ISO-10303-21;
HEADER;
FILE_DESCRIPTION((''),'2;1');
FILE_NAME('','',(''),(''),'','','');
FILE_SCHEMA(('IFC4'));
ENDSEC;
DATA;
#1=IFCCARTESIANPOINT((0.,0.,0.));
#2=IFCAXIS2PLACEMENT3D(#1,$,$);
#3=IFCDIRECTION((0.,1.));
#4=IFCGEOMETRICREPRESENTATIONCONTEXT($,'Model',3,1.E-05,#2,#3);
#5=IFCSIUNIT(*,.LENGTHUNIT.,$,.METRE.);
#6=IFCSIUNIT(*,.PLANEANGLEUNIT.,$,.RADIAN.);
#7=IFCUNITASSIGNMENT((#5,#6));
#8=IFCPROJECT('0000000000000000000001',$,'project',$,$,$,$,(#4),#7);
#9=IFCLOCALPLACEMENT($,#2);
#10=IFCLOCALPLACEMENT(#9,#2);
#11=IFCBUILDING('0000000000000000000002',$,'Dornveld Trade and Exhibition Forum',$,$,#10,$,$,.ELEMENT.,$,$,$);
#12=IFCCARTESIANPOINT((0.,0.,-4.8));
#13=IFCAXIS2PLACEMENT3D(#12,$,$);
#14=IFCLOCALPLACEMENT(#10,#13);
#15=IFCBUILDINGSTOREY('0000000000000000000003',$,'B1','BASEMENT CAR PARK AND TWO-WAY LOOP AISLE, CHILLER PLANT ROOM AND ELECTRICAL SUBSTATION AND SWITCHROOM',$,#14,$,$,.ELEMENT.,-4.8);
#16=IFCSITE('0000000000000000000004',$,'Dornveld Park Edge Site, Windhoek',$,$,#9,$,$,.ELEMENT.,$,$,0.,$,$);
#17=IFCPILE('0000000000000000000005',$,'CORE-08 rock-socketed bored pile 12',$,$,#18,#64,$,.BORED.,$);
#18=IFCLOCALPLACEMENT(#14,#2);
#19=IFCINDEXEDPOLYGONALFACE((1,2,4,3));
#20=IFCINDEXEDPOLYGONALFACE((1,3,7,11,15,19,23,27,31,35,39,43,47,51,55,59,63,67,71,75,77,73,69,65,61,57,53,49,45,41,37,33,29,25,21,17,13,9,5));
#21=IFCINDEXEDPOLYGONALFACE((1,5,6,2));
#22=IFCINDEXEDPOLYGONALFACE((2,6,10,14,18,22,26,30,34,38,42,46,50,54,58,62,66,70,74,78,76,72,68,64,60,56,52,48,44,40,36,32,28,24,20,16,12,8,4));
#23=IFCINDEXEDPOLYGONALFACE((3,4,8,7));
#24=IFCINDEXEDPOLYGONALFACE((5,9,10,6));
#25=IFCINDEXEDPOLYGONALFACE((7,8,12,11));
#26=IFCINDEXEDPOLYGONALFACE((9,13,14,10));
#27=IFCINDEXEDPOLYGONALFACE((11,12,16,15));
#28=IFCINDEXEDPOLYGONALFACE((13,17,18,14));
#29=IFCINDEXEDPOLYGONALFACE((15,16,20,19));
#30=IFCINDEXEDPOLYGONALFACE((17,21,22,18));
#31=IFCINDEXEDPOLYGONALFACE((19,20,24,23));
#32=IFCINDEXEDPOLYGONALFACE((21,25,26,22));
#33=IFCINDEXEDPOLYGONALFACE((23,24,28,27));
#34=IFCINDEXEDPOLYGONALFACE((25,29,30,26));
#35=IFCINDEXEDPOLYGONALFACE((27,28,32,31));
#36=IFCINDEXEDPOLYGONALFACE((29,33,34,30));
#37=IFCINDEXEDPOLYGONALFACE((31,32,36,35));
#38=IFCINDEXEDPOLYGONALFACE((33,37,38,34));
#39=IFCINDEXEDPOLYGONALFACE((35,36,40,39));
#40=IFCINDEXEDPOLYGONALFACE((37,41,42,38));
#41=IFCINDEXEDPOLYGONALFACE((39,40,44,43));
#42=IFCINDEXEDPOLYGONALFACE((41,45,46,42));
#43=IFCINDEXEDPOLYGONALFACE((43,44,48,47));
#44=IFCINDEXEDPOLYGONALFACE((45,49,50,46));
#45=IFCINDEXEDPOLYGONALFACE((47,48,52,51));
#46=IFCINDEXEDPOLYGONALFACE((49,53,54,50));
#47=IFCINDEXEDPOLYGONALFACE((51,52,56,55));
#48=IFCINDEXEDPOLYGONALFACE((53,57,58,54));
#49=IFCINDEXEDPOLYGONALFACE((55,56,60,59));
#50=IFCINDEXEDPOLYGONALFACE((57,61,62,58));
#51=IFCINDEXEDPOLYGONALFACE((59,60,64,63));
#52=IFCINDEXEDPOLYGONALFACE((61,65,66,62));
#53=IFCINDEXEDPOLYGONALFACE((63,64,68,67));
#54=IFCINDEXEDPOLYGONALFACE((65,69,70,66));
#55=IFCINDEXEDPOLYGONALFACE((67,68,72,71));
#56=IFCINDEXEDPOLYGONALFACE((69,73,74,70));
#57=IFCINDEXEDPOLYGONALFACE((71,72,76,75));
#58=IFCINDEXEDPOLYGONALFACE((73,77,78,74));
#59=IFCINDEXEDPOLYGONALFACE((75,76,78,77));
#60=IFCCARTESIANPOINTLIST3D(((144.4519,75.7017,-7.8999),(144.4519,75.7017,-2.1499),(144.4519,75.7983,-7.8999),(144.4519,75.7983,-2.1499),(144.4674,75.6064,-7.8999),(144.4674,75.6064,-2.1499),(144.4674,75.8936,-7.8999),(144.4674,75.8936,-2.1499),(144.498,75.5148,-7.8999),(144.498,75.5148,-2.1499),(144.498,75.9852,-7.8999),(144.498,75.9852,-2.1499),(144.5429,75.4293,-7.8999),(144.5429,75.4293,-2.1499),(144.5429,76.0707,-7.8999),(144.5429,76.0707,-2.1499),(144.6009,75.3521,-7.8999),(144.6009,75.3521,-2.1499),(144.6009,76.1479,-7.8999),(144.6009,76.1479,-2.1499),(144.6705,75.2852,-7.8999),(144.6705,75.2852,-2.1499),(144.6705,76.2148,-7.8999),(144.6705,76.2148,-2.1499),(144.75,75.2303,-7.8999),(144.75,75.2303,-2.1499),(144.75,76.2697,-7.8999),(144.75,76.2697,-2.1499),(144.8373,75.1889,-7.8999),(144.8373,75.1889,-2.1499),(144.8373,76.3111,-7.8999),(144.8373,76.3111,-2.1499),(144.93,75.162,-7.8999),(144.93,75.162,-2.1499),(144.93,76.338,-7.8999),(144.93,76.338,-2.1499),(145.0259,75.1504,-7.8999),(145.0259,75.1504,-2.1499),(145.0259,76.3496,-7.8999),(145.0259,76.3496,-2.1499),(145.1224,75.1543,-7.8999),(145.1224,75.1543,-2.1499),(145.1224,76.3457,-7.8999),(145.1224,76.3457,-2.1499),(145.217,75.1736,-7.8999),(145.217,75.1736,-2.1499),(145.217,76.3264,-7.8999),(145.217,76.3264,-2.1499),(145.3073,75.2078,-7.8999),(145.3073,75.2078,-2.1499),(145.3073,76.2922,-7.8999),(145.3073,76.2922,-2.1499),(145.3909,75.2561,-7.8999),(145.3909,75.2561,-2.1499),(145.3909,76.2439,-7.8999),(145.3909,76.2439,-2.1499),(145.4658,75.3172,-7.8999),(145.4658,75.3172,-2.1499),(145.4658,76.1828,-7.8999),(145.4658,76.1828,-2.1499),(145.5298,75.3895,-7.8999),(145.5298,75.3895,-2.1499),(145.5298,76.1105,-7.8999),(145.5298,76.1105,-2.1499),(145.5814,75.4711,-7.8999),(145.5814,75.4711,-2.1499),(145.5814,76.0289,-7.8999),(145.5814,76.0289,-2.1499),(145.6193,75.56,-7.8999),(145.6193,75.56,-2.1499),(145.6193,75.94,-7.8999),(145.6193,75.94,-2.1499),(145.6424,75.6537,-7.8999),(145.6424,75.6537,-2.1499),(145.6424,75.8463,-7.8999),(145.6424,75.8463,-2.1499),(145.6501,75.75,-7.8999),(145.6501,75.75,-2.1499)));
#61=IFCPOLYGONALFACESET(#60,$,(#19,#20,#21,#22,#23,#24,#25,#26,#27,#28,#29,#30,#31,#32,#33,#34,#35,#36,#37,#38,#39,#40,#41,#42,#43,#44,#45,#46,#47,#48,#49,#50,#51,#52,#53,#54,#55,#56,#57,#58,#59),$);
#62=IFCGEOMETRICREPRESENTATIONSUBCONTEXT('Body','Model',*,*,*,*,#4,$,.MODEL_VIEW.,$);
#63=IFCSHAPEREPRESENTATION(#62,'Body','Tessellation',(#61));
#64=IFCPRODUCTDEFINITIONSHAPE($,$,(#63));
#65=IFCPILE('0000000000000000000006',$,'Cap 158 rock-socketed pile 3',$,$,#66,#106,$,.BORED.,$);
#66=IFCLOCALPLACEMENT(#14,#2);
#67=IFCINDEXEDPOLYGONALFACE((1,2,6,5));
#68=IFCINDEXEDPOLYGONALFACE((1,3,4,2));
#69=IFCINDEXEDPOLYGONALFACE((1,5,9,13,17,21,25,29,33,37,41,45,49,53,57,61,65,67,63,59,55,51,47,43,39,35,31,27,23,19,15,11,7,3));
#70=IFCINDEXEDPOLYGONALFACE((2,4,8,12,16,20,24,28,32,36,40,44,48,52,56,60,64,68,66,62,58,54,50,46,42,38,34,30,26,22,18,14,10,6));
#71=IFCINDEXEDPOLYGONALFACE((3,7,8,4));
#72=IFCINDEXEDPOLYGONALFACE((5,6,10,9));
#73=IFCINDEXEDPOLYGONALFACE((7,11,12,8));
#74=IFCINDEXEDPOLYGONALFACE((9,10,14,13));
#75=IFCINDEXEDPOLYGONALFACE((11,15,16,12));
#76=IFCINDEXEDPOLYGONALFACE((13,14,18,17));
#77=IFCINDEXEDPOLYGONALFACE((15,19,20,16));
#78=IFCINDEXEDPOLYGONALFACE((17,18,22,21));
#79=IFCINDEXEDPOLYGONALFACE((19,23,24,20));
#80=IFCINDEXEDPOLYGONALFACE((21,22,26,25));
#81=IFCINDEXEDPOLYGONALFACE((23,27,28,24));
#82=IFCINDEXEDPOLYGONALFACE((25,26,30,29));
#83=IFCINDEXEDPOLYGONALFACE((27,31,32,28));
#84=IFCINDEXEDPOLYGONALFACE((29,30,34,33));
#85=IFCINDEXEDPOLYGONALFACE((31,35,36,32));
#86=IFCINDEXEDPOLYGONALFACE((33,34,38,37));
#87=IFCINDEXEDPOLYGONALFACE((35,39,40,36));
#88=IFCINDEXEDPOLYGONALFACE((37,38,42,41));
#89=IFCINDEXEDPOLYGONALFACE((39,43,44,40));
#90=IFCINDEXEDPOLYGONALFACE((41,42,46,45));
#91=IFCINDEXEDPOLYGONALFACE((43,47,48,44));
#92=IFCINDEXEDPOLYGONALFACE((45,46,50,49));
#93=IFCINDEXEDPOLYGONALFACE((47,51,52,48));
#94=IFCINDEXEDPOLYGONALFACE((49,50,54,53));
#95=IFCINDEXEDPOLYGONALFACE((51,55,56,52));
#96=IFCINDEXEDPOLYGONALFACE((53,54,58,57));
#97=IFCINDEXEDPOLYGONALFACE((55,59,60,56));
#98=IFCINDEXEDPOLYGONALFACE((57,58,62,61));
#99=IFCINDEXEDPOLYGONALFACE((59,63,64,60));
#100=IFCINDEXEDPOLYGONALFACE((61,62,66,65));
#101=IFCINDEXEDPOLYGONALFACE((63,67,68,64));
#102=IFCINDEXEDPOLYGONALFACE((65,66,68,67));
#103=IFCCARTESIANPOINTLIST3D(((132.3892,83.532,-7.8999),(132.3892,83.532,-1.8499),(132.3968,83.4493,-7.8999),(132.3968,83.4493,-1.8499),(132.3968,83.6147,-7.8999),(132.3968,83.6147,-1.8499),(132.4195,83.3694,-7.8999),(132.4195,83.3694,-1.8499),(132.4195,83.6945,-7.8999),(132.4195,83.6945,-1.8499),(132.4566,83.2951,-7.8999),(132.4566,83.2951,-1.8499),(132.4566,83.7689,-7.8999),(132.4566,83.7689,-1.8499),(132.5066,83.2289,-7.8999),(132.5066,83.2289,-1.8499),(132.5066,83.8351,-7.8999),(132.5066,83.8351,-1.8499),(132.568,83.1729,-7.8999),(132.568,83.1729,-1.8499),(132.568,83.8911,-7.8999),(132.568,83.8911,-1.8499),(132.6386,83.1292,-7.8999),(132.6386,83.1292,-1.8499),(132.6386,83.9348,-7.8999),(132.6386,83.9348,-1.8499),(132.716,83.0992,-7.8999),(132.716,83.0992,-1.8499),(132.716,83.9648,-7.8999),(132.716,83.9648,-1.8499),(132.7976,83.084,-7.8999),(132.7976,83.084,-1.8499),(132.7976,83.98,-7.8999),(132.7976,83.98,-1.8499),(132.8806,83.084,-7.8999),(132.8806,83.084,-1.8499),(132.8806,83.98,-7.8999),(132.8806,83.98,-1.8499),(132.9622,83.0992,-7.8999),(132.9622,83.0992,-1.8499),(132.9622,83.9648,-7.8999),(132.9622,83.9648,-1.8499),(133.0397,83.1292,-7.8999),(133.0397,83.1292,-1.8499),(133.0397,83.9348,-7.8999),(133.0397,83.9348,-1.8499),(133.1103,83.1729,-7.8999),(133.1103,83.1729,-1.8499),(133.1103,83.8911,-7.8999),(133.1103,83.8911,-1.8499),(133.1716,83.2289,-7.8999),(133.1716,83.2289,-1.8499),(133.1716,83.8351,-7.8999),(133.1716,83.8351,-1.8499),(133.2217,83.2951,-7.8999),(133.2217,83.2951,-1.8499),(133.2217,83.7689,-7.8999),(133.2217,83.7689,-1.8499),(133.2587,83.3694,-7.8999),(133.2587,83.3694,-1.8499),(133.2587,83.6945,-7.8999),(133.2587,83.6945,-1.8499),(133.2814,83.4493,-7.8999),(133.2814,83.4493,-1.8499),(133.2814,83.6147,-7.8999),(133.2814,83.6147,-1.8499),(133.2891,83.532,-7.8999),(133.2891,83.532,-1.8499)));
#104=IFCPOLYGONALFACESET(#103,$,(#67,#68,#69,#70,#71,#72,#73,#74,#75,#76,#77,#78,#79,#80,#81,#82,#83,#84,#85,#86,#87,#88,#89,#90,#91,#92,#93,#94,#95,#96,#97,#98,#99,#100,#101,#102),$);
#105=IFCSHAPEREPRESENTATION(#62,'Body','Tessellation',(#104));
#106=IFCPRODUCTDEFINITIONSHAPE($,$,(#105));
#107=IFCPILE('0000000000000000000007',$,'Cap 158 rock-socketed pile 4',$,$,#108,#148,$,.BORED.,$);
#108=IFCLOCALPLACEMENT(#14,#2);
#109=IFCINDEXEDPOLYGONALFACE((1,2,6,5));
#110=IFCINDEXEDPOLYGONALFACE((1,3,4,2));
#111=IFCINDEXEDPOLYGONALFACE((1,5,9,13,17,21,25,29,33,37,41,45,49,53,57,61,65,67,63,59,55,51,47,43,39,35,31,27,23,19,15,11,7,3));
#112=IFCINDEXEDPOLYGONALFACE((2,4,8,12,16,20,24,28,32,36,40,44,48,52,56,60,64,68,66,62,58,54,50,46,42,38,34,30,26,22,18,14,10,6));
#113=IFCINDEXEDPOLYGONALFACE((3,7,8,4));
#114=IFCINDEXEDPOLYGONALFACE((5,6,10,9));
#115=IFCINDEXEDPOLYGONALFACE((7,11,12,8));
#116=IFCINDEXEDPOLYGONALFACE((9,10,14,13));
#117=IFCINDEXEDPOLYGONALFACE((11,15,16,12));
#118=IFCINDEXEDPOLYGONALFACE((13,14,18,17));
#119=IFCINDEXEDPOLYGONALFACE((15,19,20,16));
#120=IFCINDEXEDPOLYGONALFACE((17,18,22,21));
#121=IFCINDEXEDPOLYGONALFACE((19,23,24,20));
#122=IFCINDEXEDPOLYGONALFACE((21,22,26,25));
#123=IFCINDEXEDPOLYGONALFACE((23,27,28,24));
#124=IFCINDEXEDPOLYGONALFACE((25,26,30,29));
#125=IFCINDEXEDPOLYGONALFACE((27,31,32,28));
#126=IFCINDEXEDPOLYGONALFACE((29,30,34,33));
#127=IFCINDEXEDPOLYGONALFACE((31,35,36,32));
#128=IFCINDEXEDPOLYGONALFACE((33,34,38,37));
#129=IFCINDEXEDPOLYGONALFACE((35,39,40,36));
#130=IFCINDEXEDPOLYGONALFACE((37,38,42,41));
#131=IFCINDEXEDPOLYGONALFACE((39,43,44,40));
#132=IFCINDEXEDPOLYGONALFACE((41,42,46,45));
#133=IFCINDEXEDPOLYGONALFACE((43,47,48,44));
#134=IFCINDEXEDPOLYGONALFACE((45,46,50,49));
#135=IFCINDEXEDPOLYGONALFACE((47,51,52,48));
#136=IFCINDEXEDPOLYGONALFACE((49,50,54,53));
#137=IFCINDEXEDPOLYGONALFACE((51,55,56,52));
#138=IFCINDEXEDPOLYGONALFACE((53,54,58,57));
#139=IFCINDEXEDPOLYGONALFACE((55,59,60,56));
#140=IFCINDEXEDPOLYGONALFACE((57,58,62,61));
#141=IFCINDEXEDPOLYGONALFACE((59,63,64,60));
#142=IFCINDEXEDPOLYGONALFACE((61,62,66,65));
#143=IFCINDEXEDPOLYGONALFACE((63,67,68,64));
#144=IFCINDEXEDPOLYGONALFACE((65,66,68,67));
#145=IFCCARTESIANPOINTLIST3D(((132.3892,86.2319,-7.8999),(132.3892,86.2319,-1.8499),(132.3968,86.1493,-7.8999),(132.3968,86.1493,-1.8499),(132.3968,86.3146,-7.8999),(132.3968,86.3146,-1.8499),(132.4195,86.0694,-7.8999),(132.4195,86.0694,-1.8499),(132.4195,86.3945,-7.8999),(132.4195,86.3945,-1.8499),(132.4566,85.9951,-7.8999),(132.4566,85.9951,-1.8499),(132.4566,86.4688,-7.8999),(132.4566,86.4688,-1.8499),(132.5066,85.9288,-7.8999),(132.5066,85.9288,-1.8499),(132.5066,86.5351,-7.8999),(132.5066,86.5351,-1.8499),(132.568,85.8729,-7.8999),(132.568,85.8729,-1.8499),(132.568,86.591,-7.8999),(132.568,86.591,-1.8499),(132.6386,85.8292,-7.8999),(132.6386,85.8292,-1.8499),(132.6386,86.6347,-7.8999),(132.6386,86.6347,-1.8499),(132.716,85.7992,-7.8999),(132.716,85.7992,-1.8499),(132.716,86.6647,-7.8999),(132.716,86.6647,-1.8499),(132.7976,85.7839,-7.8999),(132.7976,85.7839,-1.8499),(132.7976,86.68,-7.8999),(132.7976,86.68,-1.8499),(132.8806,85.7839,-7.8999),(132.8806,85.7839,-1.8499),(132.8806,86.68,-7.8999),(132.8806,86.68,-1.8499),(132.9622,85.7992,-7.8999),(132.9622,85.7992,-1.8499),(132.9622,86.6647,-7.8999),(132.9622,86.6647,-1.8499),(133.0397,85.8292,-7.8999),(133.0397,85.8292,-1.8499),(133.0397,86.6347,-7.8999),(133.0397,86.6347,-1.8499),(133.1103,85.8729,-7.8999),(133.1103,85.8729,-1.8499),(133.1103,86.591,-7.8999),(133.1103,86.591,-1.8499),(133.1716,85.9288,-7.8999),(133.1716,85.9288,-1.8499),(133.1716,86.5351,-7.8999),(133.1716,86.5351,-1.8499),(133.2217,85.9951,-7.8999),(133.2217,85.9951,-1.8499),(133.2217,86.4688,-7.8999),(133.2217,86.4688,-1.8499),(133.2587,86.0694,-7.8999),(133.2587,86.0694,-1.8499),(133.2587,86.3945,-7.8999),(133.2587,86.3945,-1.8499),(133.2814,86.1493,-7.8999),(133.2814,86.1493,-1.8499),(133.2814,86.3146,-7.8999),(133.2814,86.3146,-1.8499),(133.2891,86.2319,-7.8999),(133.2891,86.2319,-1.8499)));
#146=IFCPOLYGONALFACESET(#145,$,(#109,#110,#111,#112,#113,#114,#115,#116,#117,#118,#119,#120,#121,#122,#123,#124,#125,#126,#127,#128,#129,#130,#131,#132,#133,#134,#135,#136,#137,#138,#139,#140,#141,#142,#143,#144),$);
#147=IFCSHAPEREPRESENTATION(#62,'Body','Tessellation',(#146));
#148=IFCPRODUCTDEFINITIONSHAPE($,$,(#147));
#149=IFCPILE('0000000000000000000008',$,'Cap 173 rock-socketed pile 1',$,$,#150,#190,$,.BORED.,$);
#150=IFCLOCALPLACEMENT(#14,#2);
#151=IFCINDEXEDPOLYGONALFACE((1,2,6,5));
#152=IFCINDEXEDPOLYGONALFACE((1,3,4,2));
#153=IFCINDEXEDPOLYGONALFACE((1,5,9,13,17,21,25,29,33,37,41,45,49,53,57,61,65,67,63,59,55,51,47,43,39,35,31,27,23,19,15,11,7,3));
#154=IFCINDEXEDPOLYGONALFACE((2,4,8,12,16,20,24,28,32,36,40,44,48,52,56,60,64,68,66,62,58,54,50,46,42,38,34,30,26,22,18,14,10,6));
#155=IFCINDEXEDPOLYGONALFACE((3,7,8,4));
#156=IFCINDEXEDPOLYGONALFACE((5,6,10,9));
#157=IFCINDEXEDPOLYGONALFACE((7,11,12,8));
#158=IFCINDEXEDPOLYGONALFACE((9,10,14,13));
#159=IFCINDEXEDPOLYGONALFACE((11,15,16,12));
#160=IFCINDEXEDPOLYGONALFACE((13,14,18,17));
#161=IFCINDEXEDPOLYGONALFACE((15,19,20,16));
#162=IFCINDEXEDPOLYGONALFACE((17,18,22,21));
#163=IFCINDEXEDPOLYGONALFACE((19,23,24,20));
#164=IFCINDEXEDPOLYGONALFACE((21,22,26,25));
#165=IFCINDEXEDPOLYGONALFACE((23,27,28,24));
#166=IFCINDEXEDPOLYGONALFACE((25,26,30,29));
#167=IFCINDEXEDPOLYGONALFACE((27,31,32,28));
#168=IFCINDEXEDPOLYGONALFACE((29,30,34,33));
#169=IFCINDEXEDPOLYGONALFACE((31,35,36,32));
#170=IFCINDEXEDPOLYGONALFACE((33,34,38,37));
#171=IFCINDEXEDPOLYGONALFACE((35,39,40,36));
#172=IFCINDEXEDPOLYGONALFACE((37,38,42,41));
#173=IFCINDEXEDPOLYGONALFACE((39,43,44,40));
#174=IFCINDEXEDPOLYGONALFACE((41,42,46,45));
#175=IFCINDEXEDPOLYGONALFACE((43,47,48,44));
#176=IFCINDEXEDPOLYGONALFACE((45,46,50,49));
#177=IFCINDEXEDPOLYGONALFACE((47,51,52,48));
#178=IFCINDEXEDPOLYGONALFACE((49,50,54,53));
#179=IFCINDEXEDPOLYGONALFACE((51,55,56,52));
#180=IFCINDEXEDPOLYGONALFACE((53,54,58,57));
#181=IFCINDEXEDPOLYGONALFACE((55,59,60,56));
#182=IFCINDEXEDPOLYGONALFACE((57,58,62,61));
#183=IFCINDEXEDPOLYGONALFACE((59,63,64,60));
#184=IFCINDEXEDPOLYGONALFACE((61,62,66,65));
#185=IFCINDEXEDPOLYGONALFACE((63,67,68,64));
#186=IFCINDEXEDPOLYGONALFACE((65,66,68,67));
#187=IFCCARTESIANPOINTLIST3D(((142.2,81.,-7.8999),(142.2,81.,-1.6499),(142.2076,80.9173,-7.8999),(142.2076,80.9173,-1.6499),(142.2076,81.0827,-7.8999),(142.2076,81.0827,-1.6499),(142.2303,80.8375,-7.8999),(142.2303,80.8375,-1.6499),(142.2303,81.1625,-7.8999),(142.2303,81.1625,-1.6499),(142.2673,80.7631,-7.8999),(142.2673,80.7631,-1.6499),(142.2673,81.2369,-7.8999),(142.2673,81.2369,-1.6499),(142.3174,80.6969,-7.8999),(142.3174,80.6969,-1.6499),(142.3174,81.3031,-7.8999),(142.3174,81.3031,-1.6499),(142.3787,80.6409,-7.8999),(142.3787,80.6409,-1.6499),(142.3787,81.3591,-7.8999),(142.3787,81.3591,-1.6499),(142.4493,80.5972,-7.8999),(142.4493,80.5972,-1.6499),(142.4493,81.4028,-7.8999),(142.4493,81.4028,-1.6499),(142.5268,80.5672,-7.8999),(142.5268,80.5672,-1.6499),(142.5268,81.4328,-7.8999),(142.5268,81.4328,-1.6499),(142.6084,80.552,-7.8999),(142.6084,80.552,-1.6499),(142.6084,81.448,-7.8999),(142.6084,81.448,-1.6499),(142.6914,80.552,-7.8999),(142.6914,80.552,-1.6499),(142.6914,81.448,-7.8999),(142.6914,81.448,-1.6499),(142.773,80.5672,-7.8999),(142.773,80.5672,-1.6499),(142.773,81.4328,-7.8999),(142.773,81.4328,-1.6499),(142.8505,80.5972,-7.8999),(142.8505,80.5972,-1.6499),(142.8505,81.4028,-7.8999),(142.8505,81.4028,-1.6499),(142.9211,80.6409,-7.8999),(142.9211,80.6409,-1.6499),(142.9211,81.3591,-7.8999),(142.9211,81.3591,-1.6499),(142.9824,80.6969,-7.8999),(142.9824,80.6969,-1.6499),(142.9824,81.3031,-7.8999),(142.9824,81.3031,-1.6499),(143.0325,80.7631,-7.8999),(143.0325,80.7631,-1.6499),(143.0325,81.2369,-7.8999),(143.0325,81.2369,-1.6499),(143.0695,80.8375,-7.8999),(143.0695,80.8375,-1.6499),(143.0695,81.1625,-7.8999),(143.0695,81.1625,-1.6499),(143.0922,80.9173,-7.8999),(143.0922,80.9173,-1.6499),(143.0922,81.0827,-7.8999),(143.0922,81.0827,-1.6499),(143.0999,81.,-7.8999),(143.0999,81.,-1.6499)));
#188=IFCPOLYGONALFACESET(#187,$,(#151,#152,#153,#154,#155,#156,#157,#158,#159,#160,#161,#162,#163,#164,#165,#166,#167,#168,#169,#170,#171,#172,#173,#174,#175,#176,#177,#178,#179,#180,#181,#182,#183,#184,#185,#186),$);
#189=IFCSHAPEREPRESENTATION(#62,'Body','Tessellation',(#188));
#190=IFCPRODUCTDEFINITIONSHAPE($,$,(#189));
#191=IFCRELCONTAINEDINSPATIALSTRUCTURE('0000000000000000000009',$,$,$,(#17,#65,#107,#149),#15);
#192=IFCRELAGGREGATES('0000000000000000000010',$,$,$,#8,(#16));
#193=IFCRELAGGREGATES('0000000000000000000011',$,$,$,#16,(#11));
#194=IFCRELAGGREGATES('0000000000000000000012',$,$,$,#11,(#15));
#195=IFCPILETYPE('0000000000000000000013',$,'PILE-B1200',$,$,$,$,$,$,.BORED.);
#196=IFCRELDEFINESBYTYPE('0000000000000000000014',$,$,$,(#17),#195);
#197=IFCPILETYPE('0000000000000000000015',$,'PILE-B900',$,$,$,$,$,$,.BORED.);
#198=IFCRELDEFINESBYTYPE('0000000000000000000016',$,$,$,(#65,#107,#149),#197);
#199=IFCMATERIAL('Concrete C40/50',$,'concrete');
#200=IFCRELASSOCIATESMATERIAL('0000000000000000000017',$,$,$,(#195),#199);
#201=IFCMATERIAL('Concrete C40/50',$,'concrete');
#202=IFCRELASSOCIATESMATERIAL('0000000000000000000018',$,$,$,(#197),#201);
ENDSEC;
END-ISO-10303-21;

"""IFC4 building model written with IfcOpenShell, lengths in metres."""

from ifc_helpers import new_model, si_unit, direction, frame, origin, origin_2d, place, context, subcontext, project, spatial, circle, extrude, material, material_profile, profile_set, type_object, element, save


model = new_model("IFC4")

# Units and contexts
model_context = context("Model", 3, precision=1e-05, world=origin(), true_north=direction((0.0, 1.0)))
body_context = subcontext(model_context, "Body", "Model", "MODEL_VIEW")
ifc_project = project(units=[si_unit("LENGTHUNIT", "METRE"), si_unit("PLANEANGLEUNIT", "RADIAN")], contexts=[model_context])

# Site, building, storey
site_placement = place(None, origin())
site = spatial("IfcSite", under=ifc_project, at=site_placement, Name="Dornveld Park Edge Site, Windhoek", CompositionType="ELEMENT", RefElevation=0.0)
building_placement = place(site_placement, origin())
building = spatial("IfcBuilding", under=site, at=building_placement, Name="Dornveld Trade and Exhibition Forum", CompositionType="ELEMENT")
storey_placement = place(building_placement, frame((0.0, 0.0, -4.8)))
storey = spatial("IfcBuildingStorey", under=building, at=storey_placement, Name="B1", Description="BASEMENT CAR PARK AND TWO-WAY LOOP AISLE, CHILLER PLANT ROOM AND ELECTRICAL SUBSTATION AND SWITCHROOM", CompositionType="ELEMENT", Elevation=-4.8)

# Piles
ifc_material_1 = material(Name="Concrete C40/50", Category="concrete")
ifc_material_profile_1 = material_profile(ifc_material_1, circle(Radius=0.6001, at=origin_2d()), Name="PILE D1200")
ifc_profile_set_1 = profile_set([ifc_material_profile_1], Name="Concrete C40/50")
pile_type_1 = type_object("IfcPileType", Name="PILE-B1200", PredefinedType="BORED", material=ifc_profile_set_1)
for number, where, z_axis, x_axis, name in (
    (1, (145.05, 75.75, -2.1499), (0.0, 0.0, -1.0), (1.0, 0.0, 0.0), "CORE-08 rock-socketed bored pile 12"),
):
    element("IfcPile", number, at=place(storey_placement, frame(where, z_axis=z_axis, x_axis=x_axis)), inside=storey, type_object=pile_type_1, Name=name, PredefinedType="BORED", context=body_context, shape_type="SweptSolid", body=[
        extrude(circle(Radius=0.6001, at=origin_2d()), origin(), (0.0, 0.0, 1.0), 5.75),
    ])
ifc_material_2 = material(Name="Concrete C40/50", Category="concrete")
ifc_material_profile_2 = material_profile(ifc_material_2, circle(Radius=0.45, at=origin_2d()), Name="PILE D900")
ifc_profile_set_2 = profile_set([ifc_material_profile_2], Name="Concrete C40/50")
pile_type_2 = type_object("IfcPileType", Name="PILE-B900", PredefinedType="BORED", material=ifc_profile_set_2)
for number, where, z_axis, x_axis, name in (
    (2, (132.8391, 83.532, -1.8499), (0.0, 0.0, -1.0), (1.0, 0.0, 0.0), "Cap 158 rock-socketed pile 3"),
    (3, (132.8391, 86.2319, -1.8499), (0.0, 0.0, -1.0), (1.0, 0.0, 0.0), "Cap 158 rock-socketed pile 4"),
):
    element("IfcPile", number, at=place(storey_placement, frame(where, z_axis=z_axis, x_axis=x_axis)), inside=storey, type_object=pile_type_2, Name=name, PredefinedType="BORED", context=body_context, shape_type="SweptSolid", body=[
        extrude(circle(Radius=0.45, at=origin_2d()), origin(), (0.0, 0.0, 1.0), 6.05),
    ])
for number, where, z_axis, x_axis, name in (
    (4, (142.6499, 81.0, -1.6499), (0.0, 0.0, -1.0), (1.0, 0.0, 0.0), "Cap 173 rock-socketed pile 1"),
):
    element("IfcPile", number, at=place(storey_placement, frame(where, z_axis=z_axis, x_axis=x_axis)), inside=storey, type_object=pile_type_2, Name=name, PredefinedType="BORED", context=body_context, shape_type="SweptSolid", body=[
        extrude(circle(Radius=0.45, at=origin_2d()), origin(), (0.0, 0.0, 1.0), 6.25),
    ])

save(model, "model.ifc")
